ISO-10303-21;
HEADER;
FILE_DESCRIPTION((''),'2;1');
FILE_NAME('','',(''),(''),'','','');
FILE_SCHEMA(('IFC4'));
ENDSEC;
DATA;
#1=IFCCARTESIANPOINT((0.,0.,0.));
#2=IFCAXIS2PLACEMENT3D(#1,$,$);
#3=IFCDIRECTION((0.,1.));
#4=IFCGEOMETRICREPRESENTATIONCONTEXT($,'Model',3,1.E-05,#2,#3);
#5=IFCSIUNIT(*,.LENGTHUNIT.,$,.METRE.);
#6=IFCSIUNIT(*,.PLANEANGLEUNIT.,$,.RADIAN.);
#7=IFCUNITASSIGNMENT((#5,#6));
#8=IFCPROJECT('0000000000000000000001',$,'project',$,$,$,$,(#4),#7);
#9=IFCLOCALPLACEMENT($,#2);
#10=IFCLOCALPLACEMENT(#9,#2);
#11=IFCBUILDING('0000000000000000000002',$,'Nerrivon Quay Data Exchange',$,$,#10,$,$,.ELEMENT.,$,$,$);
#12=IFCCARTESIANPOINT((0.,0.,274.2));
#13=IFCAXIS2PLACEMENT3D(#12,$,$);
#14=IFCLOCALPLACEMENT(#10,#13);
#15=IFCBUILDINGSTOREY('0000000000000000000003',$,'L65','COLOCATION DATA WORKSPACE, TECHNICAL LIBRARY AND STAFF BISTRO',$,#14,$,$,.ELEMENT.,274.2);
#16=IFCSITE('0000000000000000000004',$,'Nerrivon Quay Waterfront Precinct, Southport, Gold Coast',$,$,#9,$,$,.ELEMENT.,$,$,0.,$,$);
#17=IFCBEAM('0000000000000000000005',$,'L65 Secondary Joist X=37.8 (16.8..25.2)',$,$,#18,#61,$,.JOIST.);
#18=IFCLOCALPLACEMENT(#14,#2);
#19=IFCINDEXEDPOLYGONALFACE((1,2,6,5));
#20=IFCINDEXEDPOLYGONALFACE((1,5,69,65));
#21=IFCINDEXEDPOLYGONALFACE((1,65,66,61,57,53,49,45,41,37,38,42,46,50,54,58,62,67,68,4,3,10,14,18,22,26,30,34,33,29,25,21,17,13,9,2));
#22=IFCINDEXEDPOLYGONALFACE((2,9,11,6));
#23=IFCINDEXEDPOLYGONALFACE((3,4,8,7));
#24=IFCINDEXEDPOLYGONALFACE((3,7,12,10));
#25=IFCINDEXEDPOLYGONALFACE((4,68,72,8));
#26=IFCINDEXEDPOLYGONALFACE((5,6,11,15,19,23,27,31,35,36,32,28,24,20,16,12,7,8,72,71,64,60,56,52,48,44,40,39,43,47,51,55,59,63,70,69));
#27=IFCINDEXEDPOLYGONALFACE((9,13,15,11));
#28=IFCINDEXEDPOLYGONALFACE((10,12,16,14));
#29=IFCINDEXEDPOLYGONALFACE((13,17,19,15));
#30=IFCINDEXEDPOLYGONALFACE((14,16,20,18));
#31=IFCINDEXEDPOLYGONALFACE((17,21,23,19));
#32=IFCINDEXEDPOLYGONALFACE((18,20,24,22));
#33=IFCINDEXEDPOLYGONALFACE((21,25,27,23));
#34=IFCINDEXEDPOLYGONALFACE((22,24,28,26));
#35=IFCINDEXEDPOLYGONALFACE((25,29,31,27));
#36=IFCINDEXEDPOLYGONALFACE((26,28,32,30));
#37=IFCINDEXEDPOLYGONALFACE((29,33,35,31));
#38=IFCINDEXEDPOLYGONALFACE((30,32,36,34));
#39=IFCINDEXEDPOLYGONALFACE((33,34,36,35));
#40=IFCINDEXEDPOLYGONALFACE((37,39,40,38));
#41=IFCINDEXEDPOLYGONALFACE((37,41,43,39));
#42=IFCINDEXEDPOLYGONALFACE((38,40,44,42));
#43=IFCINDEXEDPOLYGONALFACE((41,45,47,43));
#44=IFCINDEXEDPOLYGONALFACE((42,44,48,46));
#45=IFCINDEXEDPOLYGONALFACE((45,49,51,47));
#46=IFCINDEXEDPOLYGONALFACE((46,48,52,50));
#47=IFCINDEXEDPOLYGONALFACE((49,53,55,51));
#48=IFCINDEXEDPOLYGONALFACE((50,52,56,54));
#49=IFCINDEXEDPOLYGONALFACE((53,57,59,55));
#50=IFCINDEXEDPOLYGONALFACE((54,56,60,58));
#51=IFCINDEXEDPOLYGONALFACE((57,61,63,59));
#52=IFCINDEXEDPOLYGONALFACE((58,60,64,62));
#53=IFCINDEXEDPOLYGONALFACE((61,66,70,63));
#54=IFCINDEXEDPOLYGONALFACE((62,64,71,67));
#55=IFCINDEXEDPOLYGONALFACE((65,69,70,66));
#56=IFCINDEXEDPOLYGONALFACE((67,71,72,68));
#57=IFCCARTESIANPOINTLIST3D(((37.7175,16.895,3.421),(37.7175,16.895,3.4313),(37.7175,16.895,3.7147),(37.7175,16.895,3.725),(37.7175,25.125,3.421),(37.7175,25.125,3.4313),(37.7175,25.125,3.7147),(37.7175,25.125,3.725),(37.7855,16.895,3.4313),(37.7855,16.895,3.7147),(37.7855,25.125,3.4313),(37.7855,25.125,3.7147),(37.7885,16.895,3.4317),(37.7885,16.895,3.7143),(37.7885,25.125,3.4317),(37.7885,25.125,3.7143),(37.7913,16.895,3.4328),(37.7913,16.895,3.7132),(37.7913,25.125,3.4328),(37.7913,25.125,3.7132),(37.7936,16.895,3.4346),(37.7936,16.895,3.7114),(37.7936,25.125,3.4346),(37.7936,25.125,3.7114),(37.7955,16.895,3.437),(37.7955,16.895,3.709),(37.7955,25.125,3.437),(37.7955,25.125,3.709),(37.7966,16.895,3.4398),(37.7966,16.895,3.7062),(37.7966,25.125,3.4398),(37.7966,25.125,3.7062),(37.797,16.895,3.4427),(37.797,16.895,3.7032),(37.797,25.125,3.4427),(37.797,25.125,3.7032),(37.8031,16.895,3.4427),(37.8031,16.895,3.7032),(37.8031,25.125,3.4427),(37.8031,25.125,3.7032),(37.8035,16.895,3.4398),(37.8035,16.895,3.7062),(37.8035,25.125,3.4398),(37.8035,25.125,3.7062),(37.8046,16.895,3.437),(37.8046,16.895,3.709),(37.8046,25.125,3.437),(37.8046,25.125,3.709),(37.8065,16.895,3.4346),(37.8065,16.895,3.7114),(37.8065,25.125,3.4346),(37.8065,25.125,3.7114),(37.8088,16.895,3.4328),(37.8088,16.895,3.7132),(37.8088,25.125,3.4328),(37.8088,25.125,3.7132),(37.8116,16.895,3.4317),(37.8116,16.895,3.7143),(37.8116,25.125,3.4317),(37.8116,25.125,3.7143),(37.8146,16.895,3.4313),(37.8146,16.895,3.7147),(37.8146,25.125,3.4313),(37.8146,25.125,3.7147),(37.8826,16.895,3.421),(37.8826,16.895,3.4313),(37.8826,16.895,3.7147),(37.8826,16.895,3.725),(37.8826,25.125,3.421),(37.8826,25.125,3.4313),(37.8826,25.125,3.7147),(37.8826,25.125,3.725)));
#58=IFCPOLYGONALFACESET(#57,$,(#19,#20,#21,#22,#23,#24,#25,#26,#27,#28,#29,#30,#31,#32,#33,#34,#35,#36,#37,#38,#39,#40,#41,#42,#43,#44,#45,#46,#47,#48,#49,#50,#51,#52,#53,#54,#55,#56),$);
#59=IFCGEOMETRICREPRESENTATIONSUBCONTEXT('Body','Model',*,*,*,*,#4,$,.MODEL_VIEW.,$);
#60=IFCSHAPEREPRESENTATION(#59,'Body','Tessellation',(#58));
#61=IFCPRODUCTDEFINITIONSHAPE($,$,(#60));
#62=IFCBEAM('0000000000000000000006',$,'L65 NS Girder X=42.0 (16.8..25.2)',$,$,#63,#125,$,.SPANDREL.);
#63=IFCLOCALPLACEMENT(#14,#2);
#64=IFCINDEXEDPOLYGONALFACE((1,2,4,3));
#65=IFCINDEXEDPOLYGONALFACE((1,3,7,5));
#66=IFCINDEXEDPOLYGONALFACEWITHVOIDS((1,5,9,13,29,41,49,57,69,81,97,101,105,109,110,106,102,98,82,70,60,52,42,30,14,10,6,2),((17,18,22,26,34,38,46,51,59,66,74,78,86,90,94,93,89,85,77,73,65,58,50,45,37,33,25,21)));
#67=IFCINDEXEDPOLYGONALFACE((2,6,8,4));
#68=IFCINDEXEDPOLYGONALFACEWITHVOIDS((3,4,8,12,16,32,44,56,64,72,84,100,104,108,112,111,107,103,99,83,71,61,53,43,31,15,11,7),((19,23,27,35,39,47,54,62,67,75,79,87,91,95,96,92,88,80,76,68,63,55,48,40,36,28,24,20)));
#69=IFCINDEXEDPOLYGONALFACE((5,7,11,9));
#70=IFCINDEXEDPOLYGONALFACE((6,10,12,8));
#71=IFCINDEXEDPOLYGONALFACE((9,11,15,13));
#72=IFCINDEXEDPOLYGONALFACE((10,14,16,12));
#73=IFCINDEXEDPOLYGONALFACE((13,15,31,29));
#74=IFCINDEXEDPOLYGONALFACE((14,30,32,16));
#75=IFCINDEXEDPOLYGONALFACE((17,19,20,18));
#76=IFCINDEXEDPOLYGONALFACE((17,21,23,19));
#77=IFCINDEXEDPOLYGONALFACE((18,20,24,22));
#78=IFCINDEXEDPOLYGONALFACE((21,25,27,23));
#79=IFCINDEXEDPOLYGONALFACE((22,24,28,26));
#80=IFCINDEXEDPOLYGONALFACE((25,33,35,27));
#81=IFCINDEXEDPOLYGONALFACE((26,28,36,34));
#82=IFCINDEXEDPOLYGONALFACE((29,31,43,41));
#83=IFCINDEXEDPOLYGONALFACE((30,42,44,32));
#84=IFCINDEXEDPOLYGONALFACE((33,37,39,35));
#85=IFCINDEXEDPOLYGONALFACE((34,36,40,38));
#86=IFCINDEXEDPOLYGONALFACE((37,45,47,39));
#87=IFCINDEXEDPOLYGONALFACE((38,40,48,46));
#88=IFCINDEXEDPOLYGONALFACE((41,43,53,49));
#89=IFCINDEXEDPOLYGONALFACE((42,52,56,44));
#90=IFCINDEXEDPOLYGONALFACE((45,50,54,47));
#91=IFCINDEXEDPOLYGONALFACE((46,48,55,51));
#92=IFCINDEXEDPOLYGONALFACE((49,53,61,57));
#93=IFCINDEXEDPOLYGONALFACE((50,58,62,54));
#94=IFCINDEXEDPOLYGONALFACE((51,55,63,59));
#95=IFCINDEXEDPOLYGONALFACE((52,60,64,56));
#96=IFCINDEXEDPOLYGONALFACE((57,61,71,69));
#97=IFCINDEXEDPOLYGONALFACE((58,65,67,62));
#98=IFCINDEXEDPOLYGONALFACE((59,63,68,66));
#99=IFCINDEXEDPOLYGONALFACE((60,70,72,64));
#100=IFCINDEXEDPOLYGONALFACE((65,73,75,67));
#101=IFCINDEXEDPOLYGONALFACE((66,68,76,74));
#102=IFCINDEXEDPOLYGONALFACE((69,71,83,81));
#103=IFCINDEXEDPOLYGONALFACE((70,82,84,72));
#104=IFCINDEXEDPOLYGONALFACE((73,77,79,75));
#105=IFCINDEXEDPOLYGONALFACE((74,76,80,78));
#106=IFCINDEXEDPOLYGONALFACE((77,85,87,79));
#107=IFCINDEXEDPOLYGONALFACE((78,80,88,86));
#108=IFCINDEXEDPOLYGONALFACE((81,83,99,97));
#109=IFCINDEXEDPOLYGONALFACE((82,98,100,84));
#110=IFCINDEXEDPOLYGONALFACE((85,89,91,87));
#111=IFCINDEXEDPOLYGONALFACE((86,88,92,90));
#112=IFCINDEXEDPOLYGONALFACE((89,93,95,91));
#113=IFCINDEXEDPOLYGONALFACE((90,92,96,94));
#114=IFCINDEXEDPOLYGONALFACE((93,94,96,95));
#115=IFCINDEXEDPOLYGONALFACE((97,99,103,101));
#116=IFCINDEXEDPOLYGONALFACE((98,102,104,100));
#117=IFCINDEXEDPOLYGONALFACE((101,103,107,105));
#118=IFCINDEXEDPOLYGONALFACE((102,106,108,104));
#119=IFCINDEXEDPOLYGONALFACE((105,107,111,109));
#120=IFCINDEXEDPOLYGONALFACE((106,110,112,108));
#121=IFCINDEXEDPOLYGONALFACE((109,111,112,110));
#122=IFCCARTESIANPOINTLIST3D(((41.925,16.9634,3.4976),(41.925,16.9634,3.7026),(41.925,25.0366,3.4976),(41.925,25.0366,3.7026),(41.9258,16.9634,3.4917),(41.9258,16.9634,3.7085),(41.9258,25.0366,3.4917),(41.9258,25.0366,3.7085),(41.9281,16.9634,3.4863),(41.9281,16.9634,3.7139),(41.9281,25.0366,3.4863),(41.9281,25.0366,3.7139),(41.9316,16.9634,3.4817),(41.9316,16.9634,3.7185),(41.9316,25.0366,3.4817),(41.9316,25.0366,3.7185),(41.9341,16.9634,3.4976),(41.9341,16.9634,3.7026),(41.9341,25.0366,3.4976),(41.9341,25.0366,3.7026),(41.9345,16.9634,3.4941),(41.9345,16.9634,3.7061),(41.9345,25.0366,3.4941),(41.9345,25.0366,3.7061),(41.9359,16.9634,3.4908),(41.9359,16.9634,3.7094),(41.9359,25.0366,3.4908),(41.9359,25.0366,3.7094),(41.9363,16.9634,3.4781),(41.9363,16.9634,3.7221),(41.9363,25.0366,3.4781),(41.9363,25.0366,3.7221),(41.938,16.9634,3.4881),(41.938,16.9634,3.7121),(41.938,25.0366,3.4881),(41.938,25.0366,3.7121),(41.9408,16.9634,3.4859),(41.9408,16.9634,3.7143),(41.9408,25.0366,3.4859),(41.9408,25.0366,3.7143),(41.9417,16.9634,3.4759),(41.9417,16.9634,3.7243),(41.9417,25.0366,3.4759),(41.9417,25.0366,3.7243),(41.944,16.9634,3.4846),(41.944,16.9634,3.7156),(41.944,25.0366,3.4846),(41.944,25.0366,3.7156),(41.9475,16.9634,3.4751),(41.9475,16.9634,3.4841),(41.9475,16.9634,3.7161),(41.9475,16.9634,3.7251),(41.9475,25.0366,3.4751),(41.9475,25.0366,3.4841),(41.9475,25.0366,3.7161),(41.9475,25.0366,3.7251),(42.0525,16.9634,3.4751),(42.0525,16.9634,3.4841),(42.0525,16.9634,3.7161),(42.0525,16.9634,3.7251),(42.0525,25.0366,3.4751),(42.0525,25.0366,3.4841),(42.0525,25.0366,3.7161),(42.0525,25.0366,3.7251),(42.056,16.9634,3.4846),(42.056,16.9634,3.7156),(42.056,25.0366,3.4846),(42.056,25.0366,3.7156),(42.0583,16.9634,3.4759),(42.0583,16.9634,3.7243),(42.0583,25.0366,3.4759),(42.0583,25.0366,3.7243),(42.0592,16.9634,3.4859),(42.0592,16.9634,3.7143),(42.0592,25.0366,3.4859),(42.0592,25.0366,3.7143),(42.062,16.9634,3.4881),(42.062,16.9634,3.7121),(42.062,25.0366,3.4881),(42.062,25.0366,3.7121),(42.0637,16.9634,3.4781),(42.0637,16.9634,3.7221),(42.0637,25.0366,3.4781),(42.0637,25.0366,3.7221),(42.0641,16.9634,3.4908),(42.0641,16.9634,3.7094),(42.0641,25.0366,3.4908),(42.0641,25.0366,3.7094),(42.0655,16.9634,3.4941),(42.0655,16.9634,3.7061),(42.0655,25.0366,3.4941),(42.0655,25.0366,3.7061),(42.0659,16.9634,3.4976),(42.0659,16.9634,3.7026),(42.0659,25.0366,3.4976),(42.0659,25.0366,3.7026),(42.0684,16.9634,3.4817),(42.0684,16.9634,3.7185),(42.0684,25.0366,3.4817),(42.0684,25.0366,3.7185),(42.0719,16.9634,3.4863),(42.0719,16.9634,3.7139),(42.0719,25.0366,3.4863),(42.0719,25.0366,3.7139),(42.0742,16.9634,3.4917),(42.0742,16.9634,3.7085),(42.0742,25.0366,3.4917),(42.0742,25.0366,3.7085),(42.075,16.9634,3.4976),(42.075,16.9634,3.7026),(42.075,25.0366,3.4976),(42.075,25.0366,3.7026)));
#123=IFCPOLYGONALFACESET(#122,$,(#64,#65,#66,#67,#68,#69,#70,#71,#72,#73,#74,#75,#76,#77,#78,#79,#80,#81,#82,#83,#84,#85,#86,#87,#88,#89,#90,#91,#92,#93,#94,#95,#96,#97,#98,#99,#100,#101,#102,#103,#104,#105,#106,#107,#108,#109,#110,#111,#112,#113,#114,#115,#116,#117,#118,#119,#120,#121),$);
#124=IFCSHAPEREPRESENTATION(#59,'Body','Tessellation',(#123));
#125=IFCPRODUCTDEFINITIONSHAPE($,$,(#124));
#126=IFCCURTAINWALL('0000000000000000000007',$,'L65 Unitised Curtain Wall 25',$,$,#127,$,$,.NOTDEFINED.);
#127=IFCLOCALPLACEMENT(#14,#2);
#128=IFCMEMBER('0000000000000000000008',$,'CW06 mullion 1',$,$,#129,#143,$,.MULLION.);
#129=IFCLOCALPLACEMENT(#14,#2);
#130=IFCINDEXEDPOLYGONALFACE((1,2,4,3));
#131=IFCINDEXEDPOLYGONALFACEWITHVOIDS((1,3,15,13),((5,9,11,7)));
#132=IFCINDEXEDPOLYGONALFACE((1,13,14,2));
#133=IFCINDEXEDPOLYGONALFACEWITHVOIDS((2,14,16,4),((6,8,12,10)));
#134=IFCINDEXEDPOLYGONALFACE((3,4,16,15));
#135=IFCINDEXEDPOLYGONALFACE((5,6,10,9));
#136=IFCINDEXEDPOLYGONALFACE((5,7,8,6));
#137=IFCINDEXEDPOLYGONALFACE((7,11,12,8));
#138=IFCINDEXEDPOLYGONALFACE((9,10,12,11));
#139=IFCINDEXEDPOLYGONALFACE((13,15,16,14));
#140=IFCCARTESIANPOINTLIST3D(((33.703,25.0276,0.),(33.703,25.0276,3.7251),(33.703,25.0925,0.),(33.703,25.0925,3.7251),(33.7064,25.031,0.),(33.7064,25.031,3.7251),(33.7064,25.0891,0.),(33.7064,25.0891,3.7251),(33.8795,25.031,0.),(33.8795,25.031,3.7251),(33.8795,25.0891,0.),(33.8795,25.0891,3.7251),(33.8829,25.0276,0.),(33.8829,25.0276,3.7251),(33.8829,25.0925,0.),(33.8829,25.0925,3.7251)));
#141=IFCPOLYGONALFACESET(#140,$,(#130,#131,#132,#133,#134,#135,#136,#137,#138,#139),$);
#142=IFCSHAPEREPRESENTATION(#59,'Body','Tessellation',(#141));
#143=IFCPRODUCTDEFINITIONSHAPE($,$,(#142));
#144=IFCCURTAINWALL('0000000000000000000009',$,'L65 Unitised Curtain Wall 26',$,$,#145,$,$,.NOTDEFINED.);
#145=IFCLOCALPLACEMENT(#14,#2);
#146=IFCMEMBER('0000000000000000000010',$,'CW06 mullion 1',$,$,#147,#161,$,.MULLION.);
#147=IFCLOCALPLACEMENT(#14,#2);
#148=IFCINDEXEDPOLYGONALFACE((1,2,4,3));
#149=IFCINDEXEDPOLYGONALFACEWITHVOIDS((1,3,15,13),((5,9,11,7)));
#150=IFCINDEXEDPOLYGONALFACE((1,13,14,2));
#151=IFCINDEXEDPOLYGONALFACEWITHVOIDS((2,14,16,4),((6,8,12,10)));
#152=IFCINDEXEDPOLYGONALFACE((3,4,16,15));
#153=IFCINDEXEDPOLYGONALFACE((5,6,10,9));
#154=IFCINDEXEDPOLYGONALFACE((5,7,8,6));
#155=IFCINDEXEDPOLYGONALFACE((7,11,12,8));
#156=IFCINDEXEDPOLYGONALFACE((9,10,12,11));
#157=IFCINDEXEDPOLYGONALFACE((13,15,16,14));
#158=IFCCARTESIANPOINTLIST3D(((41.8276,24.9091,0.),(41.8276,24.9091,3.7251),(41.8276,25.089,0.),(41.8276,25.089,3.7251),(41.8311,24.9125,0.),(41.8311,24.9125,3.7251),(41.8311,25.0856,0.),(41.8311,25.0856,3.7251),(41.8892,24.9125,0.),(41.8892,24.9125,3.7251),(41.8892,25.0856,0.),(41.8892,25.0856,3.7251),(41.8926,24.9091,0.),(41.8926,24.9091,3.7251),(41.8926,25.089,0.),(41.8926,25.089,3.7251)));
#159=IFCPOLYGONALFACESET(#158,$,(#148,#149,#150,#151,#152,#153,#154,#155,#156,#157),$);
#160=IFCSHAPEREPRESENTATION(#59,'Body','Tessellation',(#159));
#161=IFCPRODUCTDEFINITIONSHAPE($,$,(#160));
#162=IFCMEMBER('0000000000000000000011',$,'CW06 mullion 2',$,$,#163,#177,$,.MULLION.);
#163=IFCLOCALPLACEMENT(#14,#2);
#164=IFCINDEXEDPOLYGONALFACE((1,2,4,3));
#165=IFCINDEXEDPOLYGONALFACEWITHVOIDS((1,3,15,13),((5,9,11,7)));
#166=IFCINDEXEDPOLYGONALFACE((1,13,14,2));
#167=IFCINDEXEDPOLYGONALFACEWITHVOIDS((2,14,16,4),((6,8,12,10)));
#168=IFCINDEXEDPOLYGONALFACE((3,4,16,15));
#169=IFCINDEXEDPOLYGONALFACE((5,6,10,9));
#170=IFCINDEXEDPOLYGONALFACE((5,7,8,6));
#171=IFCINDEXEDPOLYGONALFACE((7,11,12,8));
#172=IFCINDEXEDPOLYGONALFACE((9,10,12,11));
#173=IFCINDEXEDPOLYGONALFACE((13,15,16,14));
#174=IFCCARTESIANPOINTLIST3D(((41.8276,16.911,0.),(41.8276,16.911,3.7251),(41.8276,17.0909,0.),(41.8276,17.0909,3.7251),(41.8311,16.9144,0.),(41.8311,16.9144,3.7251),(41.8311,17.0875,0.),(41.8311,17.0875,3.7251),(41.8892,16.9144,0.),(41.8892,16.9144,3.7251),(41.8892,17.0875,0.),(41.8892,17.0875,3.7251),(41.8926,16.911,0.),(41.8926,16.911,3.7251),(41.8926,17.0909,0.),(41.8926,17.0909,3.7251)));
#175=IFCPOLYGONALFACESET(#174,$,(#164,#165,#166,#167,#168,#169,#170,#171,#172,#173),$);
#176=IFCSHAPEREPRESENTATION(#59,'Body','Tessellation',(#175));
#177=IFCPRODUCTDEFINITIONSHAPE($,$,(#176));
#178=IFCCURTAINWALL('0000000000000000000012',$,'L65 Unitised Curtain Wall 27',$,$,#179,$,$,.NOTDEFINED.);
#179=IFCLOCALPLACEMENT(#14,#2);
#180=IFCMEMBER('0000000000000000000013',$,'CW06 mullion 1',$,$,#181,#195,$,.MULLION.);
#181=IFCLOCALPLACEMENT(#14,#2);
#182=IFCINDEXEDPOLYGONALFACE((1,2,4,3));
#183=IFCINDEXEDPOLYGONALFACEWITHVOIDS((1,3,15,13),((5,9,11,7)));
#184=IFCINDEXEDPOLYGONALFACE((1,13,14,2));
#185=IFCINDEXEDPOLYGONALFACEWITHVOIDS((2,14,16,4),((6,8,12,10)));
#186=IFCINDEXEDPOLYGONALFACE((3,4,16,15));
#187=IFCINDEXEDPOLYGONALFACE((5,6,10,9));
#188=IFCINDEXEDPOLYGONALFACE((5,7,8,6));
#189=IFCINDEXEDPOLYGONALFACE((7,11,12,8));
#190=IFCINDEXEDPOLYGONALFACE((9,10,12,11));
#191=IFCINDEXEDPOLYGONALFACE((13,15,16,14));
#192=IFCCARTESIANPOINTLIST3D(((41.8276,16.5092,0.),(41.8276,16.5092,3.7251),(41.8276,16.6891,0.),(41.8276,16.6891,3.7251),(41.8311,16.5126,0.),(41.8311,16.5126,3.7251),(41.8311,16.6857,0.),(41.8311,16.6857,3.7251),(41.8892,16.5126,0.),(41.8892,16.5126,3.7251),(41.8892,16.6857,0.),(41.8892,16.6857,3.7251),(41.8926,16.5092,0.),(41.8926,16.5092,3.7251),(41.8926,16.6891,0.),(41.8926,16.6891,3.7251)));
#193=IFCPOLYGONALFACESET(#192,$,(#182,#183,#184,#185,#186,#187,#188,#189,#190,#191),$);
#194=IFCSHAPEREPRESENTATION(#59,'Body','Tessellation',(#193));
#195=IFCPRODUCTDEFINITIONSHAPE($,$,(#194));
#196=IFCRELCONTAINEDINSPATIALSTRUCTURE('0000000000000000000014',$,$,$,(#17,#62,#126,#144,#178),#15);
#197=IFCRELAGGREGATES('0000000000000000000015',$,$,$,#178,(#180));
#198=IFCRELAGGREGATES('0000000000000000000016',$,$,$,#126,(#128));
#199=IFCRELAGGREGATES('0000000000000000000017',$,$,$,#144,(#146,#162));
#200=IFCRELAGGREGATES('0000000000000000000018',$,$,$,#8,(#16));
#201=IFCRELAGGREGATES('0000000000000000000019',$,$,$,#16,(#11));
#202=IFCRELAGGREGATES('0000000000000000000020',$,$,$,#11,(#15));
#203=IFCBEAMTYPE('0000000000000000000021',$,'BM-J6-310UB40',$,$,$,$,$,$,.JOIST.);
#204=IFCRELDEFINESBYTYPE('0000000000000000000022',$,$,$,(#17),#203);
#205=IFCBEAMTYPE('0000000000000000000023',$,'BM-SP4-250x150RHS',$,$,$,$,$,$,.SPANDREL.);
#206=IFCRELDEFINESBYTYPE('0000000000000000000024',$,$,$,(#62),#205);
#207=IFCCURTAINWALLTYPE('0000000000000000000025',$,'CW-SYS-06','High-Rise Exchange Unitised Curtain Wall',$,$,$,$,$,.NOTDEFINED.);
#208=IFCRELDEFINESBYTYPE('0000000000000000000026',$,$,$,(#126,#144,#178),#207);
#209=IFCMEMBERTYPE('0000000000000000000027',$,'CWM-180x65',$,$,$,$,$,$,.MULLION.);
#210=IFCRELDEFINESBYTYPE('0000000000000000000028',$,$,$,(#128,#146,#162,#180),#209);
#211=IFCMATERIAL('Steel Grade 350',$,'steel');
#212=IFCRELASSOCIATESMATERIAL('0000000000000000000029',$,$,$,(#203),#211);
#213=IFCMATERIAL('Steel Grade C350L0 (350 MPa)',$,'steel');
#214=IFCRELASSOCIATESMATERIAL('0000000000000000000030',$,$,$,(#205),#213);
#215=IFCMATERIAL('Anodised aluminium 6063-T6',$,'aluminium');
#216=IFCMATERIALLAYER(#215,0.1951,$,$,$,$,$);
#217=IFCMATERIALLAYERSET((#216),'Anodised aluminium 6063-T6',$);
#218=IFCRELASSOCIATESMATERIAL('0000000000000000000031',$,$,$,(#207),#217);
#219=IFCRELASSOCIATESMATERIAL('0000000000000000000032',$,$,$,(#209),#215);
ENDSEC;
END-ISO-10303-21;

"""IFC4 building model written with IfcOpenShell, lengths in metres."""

from ifc_helpers import new_model, si_unit, direction, frame, origin, origin_2d, place, context, subcontext, project, spatial, hollow_rectangle, i_section, extrude, material, layer, layer_set, material_profile, profile_set, type_object, element, aggregate, save


model = new_model("IFC4")

# Units and contexts
model_context = context("Model", 3, precision=1e-05, world=origin(), true_north=direction((0.0, 1.0)))
body_context = subcontext(model_context, "Body", "Model", "MODEL_VIEW")
ifc_project = project(units=[si_unit("LENGTHUNIT", "METRE"), si_unit("PLANEANGLEUNIT", "RADIAN")], contexts=[model_context])

# Site, building, storey
site_placement = place(None, origin())
site = spatial("IfcSite", under=ifc_project, at=site_placement, Name="Nerrivon Quay Waterfront Precinct, Southport, Gold Coast", CompositionType="ELEMENT", RefElevation=0.0)
building_placement = place(site_placement, origin())
building = spatial("IfcBuilding", under=site, at=building_placement, Name="Nerrivon Quay Data Exchange", CompositionType="ELEMENT")
storey_placement = place(building_placement, frame((0.0, 0.0, 274.2)))
storey = spatial("IfcBuildingStorey", under=building, at=storey_placement, Name="L65", Description="COLOCATION DATA WORKSPACE, TECHNICAL LIBRARY AND STAFF BISTRO", CompositionType="ELEMENT", Elevation=274.2)

# Shared definitions
ifc_material_1 = material(Name="Steel Grade 350", Category="steel")

# Beams
ifc_material_profile_1 = material_profile(ifc_material_1, i_section(OverallWidth=0.165, OverallDepth=0.304, WebThickness=0.0061, FlangeThickness=0.0103, FilletRadius=0.0115, at=origin_2d()), Name="310UB40.4")
ifc_profile_set_1 = profile_set([ifc_material_profile_1], Name="Steel Grade 350")
beam_type_1 = type_object("IfcBeamType", Name="BM-J6-310UB40", PredefinedType="JOIST", material=ifc_profile_set_1)
beam_1_placement = place(storey_placement, frame((37.8, 16.895, 3.573), z_axis=(0.0, 1.0, 0.0), x_axis=(-1.0, 0.0, 0.0)))
element("IfcBeam", 1, at=beam_1_placement, inside=storey, type_object=beam_type_1, Name="L65 Secondary Joist X=37.8 (16.8..25.2)", PredefinedType="JOIST", context=body_context, shape_type="SweptSolid", body=[
    extrude(i_section(OverallWidth=0.165, OverallDepth=0.304, WebThickness=0.0061, FlangeThickness=0.0103, FilletRadius=0.0115, at=origin_2d()), origin(), (0.0, 0.0, 1.0), 8.23),
])
ifc_material_2 = material(Name="Steel Grade C350L0 (350 MPa)", Category="steel")
ifc_material_profile_2 = material_profile(ifc_material_2, hollow_rectangle(XDim=0.1499, YDim=0.25, WallThickness=0.009, InnerFilletRadius=0.0134, OuterFilletRadius=0.0225, at=origin_2d()), Name="250x150x9.0RHS")
ifc_profile_set_2 = profile_set([ifc_material_profile_2], Name="Steel Grade C350L0 (350 MPa)")
beam_type_2 = type_object("IfcBeamType", Name="BM-SP4-250x150RHS", PredefinedType="SPANDREL", material=ifc_profile_set_2)
beam_2_placement = place(storey_placement, frame((42.0, 16.9634, 3.6001), z_axis=(0.0, 1.0, 0.0), x_axis=(-1.0, 0.0, 0.0)))
element("IfcBeam", 2, at=beam_2_placement, inside=storey, type_object=beam_type_2, Name="L65 NS Girder X=42.0 (16.8..25.2)", PredefinedType="SPANDREL", context=body_context, shape_type="SweptSolid", body=[
    extrude(hollow_rectangle(XDim=0.1499, YDim=0.25, WallThickness=0.009, InnerFilletRadius=0.0134, OuterFilletRadius=0.0225, at=origin_2d()), origin(), (0.0, 0.0, 1.0), 8.0732),
])

# Curtain wall, member
ifc_material_3 = material(Name="Anodised aluminium 6063-T6", Category="aluminium")
ifc_layer_1 = layer(ifc_material_3, 0.1951)
ifc_layer_set_1 = layer_set([ifc_layer_1], Name="Anodised aluminium 6063-T6")
curtain_wall_type = type_object("IfcCurtainWallType", Name="CW-SYS-06", Description="High-Rise Exchange Unitised Curtain Wall", PredefinedType="NOTDEFINED", material=ifc_layer_set_1)
curtain_wall_1_placement = place(storey_placement, origin())
curtain_wall_1 = element("IfcCurtainWall", 3, at=curtain_wall_1_placement, inside=storey, type_object=curtain_wall_type, Name="L65 Unitised Curtain Wall 25", PredefinedType="NOTDEFINED")
ifc_material_profile_3 = material_profile(ifc_material_3, hollow_rectangle(XDim=0.0649, YDim=0.1799, WallThickness=0.0034, at=origin_2d()), Name="ALU-MULL-180x65")
ifc_profile_set_3 = profile_set([ifc_material_profile_3], Name="Anodised aluminium 6063-T6")
member_type_1 = type_object("IfcMemberType", Name="CWM-180x65", PredefinedType="MULLION", material=ifc_profile_set_3)
member_1_placement = place(storey_placement, frame((33.793, 25.0601, 0.0), z_axis=(0.0, 0.0, 1.0), x_axis=(0.0, 1.0, 0.0)))
member_1 = element("IfcMember", 4, at=member_1_placement, type_object=member_type_1, Name="CW06 mullion 1", PredefinedType="MULLION", context=body_context, shape_type="SweptSolid", body=[
    extrude(hollow_rectangle(XDim=0.0649, YDim=0.1799, WallThickness=0.0034, at=origin_2d()), origin(), (0.0, 0.0, 1.0), 3.7251),
])

# Curtain wall, members
curtain_wall_2_placement = place(storey_placement, origin())
curtain_wall_2 = element("IfcCurtainWall", 5, at=curtain_wall_2_placement, inside=storey, type_object=curtain_wall_type, Name="L65 Unitised Curtain Wall 26", PredefinedType="NOTDEFINED")
member_2_placement = place(storey_placement, frame((41.8601, 24.999, 0.0), z_axis=(0.0, 0.0, 1.0), x_axis=(1.0, 0.0, 0.0)))
member_2 = element("IfcMember", 6, at=member_2_placement, type_object=member_type_1, Name="CW06 mullion 1", PredefinedType="MULLION", context=body_context, shape_type="SweptSolid", body=[
    extrude(hollow_rectangle(XDim=0.0649, YDim=0.1799, WallThickness=0.0034, at=origin_2d()), origin(), (0.0, 0.0, 1.0), 3.7251),
])
member_3_placement = place(storey_placement, frame((41.8601, 17.001, 0.0), z_axis=(0.0, 0.0, 1.0), x_axis=(1.0, 0.0, 0.0)))
member_3 = element("IfcMember", 7, at=member_3_placement, type_object=member_type_1, Name="CW06 mullion 2", PredefinedType="MULLION", context=body_context, shape_type="SweptSolid", body=[
    extrude(hollow_rectangle(XDim=0.0649, YDim=0.1799, WallThickness=0.0034, at=origin_2d()), origin(), (0.0, 0.0, 1.0), 3.7251),
])

# Curtain wall, member
curtain_wall_3_placement = place(storey_placement, origin())
curtain_wall_3 = element("IfcCurtainWall", 8, at=curtain_wall_3_placement, inside=storey, type_object=curtain_wall_type, Name="L65 Unitised Curtain Wall 27", PredefinedType="NOTDEFINED")
member_4_placement = place(storey_placement, frame((41.8601, 16.5991, 0.0), z_axis=(0.0, 0.0, 1.0), x_axis=(1.0, 0.0, 0.0)))
member_4 = element("IfcMember", 9, at=member_4_placement, type_object=member_type_1, Name="CW06 mullion 1", PredefinedType="MULLION", context=body_context, shape_type="SweptSolid", body=[
    extrude(hollow_rectangle(XDim=0.0649, YDim=0.1799, WallThickness=0.0034, at=origin_2d()), origin(), (0.0, 0.0, 1.0), 3.7251),
])

aggregate(curtain_wall_3, [member_4])

aggregate(curtain_wall_1, [member_1])
aggregate(curtain_wall_2, [member_2, member_3])

save(model, "model.ifc")
